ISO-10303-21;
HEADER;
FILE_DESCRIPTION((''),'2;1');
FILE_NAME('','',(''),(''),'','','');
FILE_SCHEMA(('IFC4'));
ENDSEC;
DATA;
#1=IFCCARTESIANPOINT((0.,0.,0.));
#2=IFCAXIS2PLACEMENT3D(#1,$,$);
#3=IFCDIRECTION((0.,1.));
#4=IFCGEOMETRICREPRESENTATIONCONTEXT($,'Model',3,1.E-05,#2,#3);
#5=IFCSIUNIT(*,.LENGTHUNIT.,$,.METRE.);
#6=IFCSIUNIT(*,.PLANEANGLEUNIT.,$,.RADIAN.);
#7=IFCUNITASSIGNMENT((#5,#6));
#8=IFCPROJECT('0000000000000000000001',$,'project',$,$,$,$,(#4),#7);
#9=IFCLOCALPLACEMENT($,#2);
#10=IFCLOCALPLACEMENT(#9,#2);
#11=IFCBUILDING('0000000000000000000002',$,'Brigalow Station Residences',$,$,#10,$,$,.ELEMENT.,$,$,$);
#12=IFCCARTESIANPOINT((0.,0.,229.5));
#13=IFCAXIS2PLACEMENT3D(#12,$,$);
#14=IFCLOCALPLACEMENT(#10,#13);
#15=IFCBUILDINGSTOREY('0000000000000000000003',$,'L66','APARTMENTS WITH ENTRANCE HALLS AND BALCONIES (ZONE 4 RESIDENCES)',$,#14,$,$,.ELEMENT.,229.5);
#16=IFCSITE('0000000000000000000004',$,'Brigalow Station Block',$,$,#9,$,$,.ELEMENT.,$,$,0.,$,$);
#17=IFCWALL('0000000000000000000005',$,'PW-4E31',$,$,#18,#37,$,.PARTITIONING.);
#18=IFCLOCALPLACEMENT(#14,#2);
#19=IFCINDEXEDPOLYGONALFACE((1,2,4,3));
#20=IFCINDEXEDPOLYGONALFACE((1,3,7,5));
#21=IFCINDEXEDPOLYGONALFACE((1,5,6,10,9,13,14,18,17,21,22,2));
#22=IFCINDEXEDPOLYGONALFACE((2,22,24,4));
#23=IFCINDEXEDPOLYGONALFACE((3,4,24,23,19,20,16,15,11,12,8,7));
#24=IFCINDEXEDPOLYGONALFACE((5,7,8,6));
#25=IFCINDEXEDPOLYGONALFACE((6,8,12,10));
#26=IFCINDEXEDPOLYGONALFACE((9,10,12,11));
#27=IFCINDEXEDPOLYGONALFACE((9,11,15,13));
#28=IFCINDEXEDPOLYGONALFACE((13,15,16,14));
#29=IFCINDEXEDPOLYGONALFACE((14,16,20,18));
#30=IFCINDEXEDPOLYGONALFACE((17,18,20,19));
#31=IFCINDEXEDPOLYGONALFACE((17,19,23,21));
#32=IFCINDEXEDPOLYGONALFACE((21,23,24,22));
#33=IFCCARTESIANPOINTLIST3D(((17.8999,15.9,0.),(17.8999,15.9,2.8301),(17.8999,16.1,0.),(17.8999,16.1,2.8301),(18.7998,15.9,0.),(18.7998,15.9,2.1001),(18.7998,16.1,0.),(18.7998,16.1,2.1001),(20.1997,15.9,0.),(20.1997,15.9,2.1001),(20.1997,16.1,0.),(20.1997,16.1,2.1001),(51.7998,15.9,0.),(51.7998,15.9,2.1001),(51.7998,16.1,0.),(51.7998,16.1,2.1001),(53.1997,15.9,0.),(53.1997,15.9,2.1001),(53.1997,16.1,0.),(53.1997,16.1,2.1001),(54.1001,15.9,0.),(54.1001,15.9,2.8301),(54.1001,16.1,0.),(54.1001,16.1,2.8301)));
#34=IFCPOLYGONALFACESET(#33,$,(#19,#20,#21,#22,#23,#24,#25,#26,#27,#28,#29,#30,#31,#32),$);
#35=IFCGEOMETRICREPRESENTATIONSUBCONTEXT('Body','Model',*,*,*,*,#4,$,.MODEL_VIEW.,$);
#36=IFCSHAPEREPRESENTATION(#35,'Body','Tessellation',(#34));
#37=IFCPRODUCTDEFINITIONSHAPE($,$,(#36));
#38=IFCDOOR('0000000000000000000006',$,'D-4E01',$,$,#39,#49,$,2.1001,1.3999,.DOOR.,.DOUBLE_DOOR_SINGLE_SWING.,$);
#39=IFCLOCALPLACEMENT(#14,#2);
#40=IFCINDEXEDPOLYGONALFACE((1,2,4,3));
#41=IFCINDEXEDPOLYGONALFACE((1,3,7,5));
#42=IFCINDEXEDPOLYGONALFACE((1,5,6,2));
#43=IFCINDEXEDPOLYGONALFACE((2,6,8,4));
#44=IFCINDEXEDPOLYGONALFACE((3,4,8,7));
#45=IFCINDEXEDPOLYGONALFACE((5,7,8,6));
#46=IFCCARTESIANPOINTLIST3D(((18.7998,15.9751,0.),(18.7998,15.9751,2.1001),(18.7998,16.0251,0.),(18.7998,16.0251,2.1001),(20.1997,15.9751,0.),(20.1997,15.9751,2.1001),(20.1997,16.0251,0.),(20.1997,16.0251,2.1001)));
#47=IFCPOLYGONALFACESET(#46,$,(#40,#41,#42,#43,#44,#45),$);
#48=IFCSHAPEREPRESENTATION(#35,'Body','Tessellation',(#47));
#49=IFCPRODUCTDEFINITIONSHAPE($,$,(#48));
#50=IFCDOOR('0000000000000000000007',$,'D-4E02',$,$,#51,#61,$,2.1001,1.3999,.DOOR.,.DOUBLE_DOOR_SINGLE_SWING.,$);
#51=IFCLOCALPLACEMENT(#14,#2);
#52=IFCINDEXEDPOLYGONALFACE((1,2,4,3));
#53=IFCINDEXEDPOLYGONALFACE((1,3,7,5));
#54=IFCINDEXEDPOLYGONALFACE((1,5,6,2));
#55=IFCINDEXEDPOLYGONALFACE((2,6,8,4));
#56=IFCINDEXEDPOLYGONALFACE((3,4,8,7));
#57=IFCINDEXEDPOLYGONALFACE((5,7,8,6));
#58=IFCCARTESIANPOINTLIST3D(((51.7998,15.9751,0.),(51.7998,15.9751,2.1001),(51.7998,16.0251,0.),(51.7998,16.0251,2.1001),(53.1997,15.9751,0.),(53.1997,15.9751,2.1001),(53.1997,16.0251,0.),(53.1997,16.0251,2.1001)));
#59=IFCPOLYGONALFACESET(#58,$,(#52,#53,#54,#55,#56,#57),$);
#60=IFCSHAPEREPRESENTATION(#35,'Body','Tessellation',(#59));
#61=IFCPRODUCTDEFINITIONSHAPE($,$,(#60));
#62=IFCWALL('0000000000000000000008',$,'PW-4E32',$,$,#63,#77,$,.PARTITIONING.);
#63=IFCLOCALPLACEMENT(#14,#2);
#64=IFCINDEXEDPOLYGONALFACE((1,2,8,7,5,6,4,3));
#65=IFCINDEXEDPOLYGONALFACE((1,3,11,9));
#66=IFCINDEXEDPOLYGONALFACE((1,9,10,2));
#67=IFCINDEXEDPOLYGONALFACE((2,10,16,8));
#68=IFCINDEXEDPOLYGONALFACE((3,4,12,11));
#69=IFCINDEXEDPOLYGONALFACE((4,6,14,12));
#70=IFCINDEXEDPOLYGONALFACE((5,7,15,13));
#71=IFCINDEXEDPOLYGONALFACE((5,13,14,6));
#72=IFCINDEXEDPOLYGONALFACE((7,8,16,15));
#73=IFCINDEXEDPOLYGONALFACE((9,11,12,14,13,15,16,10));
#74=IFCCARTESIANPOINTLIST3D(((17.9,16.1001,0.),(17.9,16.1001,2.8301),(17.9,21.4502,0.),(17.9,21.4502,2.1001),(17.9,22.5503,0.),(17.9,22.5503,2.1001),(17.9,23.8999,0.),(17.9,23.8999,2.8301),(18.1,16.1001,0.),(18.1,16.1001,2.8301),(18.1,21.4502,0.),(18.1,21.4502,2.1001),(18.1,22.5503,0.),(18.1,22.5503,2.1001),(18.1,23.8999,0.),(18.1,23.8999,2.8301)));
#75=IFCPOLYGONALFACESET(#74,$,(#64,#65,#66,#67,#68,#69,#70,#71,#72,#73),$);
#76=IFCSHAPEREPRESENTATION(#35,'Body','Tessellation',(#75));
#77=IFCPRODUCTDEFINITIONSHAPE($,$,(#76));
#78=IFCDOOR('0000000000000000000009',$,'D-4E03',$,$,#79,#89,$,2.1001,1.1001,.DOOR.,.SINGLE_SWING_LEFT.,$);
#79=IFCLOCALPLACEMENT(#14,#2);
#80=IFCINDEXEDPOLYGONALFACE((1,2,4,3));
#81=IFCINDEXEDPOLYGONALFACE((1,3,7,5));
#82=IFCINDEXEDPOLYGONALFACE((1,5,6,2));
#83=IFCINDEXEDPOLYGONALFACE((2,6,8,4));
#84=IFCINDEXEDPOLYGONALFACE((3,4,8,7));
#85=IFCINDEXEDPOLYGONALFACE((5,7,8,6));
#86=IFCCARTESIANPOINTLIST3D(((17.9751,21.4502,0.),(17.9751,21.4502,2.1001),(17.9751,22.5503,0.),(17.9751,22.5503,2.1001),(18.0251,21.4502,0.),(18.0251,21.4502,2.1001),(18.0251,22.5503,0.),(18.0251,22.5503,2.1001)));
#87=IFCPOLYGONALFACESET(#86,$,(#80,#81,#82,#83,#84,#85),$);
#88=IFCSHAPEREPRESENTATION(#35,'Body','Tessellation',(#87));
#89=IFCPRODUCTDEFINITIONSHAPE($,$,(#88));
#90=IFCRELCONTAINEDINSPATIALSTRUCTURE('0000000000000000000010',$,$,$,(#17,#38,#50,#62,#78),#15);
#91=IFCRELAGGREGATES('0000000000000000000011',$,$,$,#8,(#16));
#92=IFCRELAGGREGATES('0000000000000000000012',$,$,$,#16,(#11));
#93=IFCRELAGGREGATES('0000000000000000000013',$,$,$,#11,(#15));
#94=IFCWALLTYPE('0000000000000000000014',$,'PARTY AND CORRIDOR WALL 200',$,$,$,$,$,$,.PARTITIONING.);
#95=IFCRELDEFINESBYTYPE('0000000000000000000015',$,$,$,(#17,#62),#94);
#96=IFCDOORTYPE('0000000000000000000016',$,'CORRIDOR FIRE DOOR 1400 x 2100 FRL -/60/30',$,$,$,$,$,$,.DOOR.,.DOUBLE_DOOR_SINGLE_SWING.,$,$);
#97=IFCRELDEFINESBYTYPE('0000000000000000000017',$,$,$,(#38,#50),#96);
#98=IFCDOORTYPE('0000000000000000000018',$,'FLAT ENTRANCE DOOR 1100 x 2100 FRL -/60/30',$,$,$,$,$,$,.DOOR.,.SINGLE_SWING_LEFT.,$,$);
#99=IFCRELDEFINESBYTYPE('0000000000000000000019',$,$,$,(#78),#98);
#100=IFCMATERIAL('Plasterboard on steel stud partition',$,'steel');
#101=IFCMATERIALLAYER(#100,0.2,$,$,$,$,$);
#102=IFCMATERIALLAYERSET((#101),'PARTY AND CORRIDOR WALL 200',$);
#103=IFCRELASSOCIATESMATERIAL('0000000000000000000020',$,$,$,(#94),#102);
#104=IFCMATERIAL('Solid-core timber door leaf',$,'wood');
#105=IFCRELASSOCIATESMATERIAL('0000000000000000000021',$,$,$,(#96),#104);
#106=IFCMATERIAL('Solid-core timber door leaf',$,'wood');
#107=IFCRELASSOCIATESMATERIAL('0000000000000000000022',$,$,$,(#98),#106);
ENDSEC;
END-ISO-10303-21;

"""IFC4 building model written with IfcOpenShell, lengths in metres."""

from ifc_helpers import new_model, si_unit, direction, frame, frame_2d, origin, place, context, subcontext, project, spatial, rectangle, extrude, material, layer, layer_set, type_object, element, fill, save


model = new_model("IFC4")

# Units and contexts
model_context = context("Model", 3, precision=1e-05, world=origin(), true_north=direction((0.0, 1.0)))
body_context = subcontext(model_context, "Body", "Model", "MODEL_VIEW")
ifc_project = project(units=[si_unit("LENGTHUNIT", "METRE"), si_unit("PLANEANGLEUNIT", "RADIAN")], contexts=[model_context])

# Site, building, storey
site_placement = place(None, origin())
site = spatial("IfcSite", under=ifc_project, at=site_placement, Name="Brigalow Station Block", CompositionType="ELEMENT", RefElevation=0.0)
building_placement = place(site_placement, origin())
building = spatial("IfcBuilding", under=site, at=building_placement, Name="Brigalow Station Residences", CompositionType="ELEMENT")
storey_placement = place(building_placement, frame((0.0, 0.0, 229.5)))
storey = spatial("IfcBuildingStorey", under=building, at=storey_placement, Name="L66", Description="APARTMENTS WITH ENTRANCE HALLS AND BALCONIES (ZONE 4 RESIDENCES)", CompositionType="ELEMENT", Elevation=229.5)

# Wall, openings, doors
ifc_material_1 = material(Name="Plasterboard on steel stud partition", Category="steel")
ifc_layer_1 = layer(ifc_material_1, 0.2)
ifc_layer_set_1 = layer_set([ifc_layer_1], Name="PARTY AND CORRIDOR WALL 200")
wall_type_1 = type_object("IfcWallType", Name="PARTY AND CORRIDOR WALL 200", PredefinedType="PARTITIONING", material=ifc_layer_set_1)
wall_1_placement = place(storey_placement, frame((17.8999, 16.0, 0.0), z_axis=(0.0, 0.0, 1.0), x_axis=(1.0, 0.0, 0.0)))
wall_1 = element("IfcWall", 1, at=wall_1_placement, inside=storey, type_object=wall_type_1, Name="PW-4E31", PredefinedType="PARTITIONING", context=body_context, shape_type="SweptSolid", body=[
    extrude(rectangle(XDim=36.2002, YDim=0.2, at=frame_2d((18.1001, 0.0))), origin(), (0.0, 0.0, 1.0), 2.8301),
])
opening_1_placement = place(wall_1_placement, frame((0.8999, 0.0, 0.0)))
opening_1 = element("IfcOpeningElement", 2, at=opening_1_placement, cuts=wall_1, PredefinedType="OPENING", context=body_context, shape_type="SweptSolid", body=[
    extrude(rectangle(XDim=1.3999, YDim=2.1001, at=frame_2d((0.7, 1.05))), frame((0.0, 0.1099, 0.0), z_axis=(0.0, -1.0, 0.0), x_axis=(1.0, 0.0, 0.0)), (0.0, 0.0, 1.0), 0.22),
])
opening_2_placement = place(wall_1_placement, frame((33.8999, 0.0, 0.0)))
opening_2 = element("IfcOpeningElement", 3, at=opening_2_placement, cuts=wall_1, PredefinedType="OPENING", context=body_context, shape_type="SweptSolid", body=[
    extrude(rectangle(XDim=1.3999, YDim=2.1001, at=frame_2d((0.7, 1.05))), frame((0.0, 0.1099, 0.0), z_axis=(0.0, -1.0, 0.0), x_axis=(1.0, 0.0, 0.0)), (0.0, 0.0, 1.0), 0.22),
])
ifc_material_2 = material(Name="Solid-core timber door leaf", Category="wood")
door_type_1 = type_object("IfcDoorType", Name="CORRIDOR FIRE DOOR 1400 x 2100 FRL -/60/30", OperationType="DOUBLE_DOOR_SINGLE_SWING", PredefinedType="DOOR", material=ifc_material_2)
door_1_placement = place(opening_1_placement, frame((1.3999, 0.0, 0.0), z_axis=(0.0, 0.0, 1.0), x_axis=(-1.0, 0.0, 0.0)))
door_1 = element("IfcDoor", 4, at=door_1_placement, inside=storey, type_object=door_type_1, Name="D-4E01", OperationType="DOUBLE_DOOR_SINGLE_SWING", OverallHeight=2.1001, OverallWidth=1.3999, PredefinedType="DOOR", context=body_context, shape_type="SweptSolid", body=[
    extrude(rectangle(XDim=1.3999, YDim=2.1001, at=frame_2d((0.7, 1.05))), frame((0.0, 0.0249, 0.0), z_axis=(0.0, -1.0, 0.0), x_axis=(1.0, 0.0, 0.0)), (0.0, 0.0, 1.0), 0.05),
])
fill(opening_1, door_1)
door_2_placement = place(opening_2_placement, frame((1.3999, 0.0, 0.0), z_axis=(0.0, 0.0, 1.0), x_axis=(-1.0, 0.0, 0.0)))
door_2 = element("IfcDoor", 5, at=door_2_placement, inside=storey, type_object=door_type_1, Name="D-4E02", OperationType="DOUBLE_DOOR_SINGLE_SWING", OverallHeight=2.1001, OverallWidth=1.3999, PredefinedType="DOOR", context=body_context, shape_type="SweptSolid", body=[
    extrude(rectangle(XDim=1.3999, YDim=2.1001, at=frame_2d((0.7, 1.05))), frame((0.0, 0.0249, 0.0), z_axis=(0.0, -1.0, 0.0), x_axis=(1.0, 0.0, 0.0)), (0.0, 0.0, 1.0), 0.05),
])
fill(opening_2, door_2)

# Wall, opening, door
wall_2_placement = place(storey_placement, frame((18.0, 16.1001, 0.0), z_axis=(0.0, 0.0, 1.0), x_axis=(0.0, 1.0, 0.0)))
wall_2 = element("IfcWall", 6, at=wall_2_placement, inside=storey, type_object=wall_type_1, Name="PW-4E32", PredefinedType="PARTITIONING", context=body_context, shape_type="SweptSolid", body=[
    extrude(rectangle(XDim=7.7998, YDim=0.2, at=frame_2d((3.8999, 0.0))), origin(), (0.0, 0.0, 1.0), 2.8301),
])
opening_3_placement = place(wall_2_placement, frame((5.3501, 0.0, 0.0)))
opening_3 = element("IfcOpeningElement", 7, at=opening_3_placement, cuts=wall_2, PredefinedType="OPENING", context=body_context, shape_type="SweptSolid", body=[
    extrude(rectangle(XDim=1.1001, YDim=2.1001, at=frame_2d((0.55, 1.05))), frame((0.0, 0.1099, 0.0), z_axis=(0.0, -1.0, 0.0), x_axis=(1.0, 0.0, 0.0)), (0.0, 0.0, 1.0), 0.22),
])
ifc_material_3 = material(Name="Solid-core timber door leaf", Category="wood")
door_type_2 = type_object("IfcDoorType", Name="FLAT ENTRANCE DOOR 1100 x 2100 FRL -/60/30", OperationType="SINGLE_SWING_LEFT", PredefinedType="DOOR", material=ifc_material_3)
door_3_placement = place(opening_3_placement, origin())
door_3 = element("IfcDoor", 8, at=door_3_placement, inside=storey, type_object=door_type_2, Name="D-4E03", OperationType="SINGLE_SWING_LEFT", OverallHeight=2.1001, OverallWidth=1.1001, PredefinedType="DOOR", context=body_context, shape_type="SweptSolid", body=[
    extrude(rectangle(XDim=1.1001, YDim=2.1001, at=frame_2d((0.55, 1.05))), frame((0.0, 0.0249, 0.0), z_axis=(0.0, -1.0, 0.0), x_axis=(1.0, 0.0, 0.0)), (0.0, 0.0, 1.0), 0.05),
])
fill(opening_3, door_3)

save(model, "model.ifc")
